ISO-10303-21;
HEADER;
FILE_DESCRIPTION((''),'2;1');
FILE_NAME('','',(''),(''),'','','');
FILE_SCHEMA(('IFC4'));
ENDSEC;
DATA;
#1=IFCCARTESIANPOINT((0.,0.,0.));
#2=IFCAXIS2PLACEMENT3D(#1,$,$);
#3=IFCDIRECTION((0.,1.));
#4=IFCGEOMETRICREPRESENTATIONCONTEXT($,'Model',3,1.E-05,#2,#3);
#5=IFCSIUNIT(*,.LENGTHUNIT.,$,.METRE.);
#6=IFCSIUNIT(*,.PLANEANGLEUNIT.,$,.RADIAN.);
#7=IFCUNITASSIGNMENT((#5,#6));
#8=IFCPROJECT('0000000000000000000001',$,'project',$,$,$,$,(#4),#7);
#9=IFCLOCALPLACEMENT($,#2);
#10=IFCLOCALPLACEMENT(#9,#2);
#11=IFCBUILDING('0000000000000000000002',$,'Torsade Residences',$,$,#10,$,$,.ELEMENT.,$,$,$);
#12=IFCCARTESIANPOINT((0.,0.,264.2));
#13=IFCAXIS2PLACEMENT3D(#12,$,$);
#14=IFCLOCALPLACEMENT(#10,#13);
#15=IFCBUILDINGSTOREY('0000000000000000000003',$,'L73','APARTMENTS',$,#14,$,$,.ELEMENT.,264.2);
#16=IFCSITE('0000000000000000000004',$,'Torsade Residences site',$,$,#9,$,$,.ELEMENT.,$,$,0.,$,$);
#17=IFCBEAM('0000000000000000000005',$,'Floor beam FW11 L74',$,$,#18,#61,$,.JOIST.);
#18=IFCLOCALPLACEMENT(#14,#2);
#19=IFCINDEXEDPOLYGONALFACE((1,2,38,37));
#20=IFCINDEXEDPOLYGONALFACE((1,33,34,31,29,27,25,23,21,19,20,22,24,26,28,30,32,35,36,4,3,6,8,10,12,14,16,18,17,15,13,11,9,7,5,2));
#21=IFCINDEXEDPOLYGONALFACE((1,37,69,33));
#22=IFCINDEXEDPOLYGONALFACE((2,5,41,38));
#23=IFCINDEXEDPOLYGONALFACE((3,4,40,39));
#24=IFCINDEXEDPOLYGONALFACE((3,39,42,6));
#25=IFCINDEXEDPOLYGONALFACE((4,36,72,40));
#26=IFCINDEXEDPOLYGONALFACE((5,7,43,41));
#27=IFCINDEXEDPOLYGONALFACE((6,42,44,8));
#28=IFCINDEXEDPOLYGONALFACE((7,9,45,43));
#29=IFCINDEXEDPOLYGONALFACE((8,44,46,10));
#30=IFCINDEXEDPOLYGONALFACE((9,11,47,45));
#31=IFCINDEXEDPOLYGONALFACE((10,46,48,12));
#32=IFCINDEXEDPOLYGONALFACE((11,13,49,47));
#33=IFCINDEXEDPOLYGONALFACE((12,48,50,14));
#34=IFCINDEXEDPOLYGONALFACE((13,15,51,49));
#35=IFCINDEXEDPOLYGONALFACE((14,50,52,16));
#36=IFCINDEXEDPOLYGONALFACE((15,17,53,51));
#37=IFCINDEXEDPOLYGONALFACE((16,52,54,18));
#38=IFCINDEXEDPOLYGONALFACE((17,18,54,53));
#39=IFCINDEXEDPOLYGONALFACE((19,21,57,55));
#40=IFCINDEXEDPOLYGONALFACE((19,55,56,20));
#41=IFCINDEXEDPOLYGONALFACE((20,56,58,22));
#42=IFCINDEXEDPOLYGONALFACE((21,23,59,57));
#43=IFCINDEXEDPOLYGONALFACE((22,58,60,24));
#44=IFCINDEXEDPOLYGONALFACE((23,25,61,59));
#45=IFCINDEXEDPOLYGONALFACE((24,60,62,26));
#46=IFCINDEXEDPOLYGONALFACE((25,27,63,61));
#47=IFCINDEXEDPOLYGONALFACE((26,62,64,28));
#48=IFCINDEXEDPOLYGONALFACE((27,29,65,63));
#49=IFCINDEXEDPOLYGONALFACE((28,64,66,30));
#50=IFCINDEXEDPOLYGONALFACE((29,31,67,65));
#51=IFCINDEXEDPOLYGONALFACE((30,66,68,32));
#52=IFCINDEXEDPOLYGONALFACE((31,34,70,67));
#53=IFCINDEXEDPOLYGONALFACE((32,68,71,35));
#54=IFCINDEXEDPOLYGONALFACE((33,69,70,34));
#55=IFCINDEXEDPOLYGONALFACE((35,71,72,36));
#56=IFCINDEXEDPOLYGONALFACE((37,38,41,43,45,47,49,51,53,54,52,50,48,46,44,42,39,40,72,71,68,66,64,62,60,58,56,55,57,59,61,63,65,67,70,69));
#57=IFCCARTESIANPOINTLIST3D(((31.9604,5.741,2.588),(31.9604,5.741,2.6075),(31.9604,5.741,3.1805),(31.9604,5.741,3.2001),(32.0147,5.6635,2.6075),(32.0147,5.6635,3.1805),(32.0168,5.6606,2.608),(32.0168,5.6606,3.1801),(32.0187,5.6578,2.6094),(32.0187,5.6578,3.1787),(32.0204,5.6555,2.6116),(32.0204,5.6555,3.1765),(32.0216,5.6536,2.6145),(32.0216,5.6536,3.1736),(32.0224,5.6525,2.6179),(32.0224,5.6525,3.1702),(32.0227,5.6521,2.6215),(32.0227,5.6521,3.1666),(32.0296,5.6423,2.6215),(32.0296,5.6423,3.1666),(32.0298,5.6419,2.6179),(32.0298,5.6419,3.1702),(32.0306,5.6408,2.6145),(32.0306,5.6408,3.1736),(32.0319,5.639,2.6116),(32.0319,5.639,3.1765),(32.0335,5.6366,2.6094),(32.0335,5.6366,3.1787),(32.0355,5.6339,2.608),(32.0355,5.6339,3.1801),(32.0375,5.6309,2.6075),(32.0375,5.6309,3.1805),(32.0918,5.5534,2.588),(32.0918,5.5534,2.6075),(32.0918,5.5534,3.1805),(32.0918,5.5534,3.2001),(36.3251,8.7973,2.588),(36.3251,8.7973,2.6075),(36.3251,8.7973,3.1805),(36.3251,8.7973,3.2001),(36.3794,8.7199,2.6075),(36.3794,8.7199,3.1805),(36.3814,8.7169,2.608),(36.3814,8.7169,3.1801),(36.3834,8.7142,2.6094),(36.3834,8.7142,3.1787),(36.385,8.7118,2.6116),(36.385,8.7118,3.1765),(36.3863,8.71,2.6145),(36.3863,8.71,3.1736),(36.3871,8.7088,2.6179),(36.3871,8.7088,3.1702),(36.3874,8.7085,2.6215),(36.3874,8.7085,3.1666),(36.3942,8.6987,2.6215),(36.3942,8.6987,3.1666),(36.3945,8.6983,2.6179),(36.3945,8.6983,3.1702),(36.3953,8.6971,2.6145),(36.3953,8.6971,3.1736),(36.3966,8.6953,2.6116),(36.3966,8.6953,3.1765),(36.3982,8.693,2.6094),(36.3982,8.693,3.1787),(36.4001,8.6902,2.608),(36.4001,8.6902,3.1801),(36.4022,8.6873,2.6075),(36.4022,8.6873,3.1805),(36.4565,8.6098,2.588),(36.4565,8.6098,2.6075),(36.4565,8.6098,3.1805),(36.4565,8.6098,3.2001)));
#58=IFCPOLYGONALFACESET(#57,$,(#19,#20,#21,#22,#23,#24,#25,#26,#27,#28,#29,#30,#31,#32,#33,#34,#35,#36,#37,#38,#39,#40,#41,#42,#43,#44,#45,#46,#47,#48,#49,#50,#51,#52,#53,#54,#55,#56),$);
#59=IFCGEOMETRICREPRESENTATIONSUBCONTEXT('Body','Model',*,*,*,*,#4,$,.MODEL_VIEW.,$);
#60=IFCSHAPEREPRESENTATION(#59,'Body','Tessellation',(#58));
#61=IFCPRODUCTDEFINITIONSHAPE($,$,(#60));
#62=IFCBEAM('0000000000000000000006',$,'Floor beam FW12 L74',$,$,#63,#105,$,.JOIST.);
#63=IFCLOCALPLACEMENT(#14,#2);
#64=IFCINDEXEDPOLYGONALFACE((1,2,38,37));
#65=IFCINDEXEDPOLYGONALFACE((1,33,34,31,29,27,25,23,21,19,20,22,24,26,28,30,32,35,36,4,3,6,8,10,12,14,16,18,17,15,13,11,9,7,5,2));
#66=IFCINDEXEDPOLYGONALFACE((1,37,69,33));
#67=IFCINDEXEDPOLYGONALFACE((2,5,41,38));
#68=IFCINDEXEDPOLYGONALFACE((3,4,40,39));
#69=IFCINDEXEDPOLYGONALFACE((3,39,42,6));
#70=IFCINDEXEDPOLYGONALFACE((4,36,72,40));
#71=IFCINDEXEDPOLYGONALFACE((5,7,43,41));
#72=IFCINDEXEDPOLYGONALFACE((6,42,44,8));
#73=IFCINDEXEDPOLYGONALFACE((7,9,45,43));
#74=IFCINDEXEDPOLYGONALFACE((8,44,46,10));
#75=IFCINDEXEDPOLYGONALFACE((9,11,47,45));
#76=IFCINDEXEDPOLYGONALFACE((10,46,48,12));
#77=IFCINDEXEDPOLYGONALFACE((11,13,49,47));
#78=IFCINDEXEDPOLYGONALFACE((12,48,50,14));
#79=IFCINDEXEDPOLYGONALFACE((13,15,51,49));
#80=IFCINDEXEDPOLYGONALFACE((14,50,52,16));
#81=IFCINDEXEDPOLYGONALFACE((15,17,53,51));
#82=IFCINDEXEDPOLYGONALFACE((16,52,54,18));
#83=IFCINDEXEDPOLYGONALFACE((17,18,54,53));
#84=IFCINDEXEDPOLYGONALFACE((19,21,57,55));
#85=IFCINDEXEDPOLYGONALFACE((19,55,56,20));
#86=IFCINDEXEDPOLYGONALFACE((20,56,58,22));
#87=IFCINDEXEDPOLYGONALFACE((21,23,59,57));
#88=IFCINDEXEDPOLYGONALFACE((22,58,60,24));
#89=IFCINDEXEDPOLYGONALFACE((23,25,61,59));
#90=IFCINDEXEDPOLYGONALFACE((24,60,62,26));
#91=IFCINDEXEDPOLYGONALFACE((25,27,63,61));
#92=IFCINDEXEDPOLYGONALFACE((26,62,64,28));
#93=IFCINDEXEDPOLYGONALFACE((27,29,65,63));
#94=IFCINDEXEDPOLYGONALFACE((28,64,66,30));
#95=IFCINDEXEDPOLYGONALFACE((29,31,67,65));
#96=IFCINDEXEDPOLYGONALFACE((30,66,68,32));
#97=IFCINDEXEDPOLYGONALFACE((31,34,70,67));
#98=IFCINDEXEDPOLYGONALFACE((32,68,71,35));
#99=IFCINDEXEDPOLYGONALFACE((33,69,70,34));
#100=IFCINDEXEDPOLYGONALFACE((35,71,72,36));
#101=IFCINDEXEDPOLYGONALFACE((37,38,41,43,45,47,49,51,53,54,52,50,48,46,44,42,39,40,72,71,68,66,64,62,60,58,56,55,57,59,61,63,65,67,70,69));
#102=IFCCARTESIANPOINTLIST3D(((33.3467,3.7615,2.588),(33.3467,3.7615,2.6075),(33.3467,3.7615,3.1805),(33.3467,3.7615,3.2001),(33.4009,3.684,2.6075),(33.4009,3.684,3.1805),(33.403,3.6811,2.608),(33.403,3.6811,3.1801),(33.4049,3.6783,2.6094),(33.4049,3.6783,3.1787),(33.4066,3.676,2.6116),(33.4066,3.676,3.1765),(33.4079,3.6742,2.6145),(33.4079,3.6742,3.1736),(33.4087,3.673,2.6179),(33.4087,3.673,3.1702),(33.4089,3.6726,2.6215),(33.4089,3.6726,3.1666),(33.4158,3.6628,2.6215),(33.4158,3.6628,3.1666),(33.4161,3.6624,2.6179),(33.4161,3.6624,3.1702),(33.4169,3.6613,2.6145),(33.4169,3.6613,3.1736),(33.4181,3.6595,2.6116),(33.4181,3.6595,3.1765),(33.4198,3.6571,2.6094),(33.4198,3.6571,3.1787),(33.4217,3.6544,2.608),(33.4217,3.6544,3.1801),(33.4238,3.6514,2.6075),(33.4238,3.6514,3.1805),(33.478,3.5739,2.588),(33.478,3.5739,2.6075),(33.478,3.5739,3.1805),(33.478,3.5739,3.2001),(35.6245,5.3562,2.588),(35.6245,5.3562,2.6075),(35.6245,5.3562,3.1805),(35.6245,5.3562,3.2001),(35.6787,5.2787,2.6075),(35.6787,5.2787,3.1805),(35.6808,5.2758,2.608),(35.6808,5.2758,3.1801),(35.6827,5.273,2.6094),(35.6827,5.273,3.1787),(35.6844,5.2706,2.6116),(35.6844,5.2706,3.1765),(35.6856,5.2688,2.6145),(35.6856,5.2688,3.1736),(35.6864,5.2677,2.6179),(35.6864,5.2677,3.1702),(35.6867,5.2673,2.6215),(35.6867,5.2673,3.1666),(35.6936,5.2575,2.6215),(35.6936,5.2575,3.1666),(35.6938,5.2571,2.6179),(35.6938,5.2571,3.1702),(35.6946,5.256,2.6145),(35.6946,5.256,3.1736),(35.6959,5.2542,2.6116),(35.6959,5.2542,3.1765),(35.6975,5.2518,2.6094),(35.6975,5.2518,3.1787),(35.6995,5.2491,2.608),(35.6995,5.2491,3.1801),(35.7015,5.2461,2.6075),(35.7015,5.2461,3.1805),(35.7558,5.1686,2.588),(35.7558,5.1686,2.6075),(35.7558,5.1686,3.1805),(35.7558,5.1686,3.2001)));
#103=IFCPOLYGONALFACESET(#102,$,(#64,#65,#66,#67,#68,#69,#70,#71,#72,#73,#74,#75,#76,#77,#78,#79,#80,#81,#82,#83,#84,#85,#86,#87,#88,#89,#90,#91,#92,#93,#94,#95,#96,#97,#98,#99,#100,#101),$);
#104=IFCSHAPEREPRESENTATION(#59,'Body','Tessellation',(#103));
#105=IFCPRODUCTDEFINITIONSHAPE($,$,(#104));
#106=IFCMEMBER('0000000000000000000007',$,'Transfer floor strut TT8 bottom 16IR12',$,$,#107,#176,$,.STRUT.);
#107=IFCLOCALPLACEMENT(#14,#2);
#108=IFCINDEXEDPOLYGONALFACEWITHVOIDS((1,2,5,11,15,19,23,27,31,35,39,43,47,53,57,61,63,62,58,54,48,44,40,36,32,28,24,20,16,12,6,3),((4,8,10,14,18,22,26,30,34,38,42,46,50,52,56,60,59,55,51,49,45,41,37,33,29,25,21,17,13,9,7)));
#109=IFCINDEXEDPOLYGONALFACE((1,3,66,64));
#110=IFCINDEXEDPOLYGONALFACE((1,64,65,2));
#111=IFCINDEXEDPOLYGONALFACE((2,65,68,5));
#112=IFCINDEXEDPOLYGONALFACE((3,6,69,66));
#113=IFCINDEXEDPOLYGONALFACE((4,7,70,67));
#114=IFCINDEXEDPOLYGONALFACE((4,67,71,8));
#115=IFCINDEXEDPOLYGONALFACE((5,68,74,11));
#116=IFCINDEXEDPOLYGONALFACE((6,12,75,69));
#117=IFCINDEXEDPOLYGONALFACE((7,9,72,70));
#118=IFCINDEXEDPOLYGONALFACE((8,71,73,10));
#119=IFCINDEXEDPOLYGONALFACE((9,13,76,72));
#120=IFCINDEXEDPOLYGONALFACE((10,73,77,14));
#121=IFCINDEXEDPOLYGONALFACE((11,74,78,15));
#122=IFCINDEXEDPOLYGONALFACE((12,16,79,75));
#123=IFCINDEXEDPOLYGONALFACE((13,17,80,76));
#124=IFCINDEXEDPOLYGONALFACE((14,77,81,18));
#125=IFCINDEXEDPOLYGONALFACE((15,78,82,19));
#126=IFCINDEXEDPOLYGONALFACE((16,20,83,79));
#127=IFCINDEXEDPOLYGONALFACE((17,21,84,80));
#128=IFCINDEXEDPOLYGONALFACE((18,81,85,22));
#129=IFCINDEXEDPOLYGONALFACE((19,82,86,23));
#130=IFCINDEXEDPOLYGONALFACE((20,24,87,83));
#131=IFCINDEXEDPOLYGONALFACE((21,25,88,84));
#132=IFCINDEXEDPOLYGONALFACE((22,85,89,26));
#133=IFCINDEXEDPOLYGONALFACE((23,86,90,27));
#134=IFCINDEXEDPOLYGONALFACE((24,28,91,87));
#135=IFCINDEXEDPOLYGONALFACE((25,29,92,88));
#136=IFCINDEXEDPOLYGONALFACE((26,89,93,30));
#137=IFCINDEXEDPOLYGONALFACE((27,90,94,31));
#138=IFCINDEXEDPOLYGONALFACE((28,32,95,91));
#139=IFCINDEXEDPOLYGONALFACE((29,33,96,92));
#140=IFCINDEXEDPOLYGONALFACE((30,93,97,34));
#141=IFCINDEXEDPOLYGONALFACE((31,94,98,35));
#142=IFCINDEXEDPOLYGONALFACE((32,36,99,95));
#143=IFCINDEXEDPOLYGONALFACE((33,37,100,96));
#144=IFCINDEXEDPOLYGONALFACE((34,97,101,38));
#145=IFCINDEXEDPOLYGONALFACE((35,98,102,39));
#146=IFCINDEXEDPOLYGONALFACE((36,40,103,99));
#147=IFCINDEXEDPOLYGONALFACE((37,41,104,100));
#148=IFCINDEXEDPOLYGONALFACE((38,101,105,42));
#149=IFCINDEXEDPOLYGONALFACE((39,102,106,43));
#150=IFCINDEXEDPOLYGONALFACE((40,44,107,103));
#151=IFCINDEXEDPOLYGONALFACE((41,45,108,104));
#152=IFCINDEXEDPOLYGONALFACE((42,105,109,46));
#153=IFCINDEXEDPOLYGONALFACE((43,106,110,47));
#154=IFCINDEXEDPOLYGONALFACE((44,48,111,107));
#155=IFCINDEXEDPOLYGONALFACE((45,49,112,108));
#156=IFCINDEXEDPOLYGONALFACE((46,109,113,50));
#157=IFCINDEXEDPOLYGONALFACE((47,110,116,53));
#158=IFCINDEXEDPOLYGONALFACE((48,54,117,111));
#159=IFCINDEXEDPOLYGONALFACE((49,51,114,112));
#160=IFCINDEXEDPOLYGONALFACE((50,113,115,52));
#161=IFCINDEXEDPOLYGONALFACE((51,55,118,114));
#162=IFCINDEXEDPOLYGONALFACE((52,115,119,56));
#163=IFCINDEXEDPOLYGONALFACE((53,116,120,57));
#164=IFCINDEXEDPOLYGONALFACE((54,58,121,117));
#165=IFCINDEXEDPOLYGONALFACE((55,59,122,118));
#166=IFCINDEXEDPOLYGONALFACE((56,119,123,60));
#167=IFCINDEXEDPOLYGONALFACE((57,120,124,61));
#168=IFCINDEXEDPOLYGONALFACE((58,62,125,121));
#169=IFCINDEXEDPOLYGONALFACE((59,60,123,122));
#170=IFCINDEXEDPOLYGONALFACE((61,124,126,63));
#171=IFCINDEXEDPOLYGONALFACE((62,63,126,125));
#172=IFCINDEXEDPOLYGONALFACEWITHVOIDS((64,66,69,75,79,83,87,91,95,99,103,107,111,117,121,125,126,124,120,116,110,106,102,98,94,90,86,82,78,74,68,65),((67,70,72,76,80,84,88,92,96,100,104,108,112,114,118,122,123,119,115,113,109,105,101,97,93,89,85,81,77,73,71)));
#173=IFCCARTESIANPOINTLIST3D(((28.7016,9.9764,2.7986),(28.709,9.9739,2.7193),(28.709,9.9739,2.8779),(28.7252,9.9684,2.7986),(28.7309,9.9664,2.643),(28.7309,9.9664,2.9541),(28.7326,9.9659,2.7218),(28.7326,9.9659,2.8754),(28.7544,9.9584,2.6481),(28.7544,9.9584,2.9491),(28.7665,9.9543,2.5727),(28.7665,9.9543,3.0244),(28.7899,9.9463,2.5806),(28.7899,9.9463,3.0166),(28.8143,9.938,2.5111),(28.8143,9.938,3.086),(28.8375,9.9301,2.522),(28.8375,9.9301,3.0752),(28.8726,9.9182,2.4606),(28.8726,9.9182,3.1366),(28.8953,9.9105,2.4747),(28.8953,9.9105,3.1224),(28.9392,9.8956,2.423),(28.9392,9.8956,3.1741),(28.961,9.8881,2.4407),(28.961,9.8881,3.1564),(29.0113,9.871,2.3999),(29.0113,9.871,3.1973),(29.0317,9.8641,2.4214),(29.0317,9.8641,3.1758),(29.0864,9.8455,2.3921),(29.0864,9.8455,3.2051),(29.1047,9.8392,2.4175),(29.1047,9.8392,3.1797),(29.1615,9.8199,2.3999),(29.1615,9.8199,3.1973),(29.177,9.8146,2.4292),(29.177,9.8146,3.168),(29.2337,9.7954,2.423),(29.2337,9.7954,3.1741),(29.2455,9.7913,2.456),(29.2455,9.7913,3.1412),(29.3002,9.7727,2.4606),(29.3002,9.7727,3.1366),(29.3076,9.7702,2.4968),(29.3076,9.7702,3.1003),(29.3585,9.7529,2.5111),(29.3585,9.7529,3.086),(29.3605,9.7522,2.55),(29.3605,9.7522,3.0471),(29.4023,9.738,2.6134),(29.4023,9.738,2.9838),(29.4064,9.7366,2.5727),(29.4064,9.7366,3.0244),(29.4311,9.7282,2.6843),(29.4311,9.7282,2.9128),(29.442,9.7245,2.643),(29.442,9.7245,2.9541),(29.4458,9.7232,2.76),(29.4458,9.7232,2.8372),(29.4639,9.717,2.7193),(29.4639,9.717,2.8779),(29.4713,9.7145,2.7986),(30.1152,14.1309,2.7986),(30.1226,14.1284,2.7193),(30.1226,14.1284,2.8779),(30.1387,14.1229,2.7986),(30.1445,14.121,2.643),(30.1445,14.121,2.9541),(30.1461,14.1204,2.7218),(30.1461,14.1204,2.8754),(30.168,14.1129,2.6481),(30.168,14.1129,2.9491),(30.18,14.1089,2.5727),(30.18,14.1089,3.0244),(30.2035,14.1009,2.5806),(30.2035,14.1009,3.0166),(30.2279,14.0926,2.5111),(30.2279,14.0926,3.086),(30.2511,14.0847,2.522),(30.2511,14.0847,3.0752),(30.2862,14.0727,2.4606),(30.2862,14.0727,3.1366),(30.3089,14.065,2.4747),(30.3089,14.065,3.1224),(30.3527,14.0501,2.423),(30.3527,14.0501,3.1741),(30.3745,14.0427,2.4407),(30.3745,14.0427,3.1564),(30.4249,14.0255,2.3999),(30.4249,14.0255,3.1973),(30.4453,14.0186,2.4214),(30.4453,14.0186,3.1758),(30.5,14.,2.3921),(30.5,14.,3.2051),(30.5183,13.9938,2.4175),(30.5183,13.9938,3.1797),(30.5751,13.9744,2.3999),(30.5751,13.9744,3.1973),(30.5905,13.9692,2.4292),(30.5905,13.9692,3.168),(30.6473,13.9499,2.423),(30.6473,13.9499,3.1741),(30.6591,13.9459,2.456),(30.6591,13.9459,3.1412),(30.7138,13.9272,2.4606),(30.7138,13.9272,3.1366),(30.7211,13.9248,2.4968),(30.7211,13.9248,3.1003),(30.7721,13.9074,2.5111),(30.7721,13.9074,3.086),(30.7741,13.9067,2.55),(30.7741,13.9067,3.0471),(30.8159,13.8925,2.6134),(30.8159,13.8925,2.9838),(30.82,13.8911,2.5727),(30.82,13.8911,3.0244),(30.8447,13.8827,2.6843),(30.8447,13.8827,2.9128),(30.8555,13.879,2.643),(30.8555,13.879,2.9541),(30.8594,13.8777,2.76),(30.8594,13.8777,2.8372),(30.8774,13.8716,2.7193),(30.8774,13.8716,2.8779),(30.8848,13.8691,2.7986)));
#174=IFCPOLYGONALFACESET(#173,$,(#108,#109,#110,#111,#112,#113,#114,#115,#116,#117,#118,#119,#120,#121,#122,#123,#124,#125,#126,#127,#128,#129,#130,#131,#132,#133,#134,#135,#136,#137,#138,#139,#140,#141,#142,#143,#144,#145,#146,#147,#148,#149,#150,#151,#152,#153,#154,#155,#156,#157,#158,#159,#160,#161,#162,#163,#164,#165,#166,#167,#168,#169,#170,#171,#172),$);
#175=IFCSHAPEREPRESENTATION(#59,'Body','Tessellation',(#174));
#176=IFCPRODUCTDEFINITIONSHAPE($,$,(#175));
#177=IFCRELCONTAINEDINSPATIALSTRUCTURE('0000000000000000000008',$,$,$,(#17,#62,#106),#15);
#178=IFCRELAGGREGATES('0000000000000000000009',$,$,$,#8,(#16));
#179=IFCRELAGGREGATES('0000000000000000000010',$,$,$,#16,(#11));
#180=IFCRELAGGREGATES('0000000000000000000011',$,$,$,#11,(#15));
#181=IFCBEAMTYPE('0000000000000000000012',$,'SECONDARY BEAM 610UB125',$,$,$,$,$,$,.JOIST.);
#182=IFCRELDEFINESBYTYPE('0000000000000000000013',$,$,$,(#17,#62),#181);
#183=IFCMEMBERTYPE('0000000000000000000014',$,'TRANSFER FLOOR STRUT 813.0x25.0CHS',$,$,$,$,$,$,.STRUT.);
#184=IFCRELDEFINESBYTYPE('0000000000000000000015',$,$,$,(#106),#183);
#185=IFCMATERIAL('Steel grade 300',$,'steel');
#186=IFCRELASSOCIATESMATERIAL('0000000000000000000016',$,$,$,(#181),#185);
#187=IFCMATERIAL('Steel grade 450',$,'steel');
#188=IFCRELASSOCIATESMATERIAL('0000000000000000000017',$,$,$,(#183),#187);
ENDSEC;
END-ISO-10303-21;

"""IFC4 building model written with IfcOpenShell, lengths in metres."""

from ifc_helpers import new_model, si_unit, direction, frame, origin, origin_2d, place, context, subcontext, project, spatial, hollow_circle, i_section, extrude, material, material_profile, profile_set, type_object, element, save


model = new_model("IFC4")

# Units and contexts
model_context = context("Model", 3, precision=1e-05, world=origin(), true_north=direction((0.0, 1.0)))
body_context = subcontext(model_context, "Body", "Model", "MODEL_VIEW")
ifc_project = project(units=[si_unit("LENGTHUNIT", "METRE"), si_unit("PLANEANGLEUNIT", "RADIAN")], contexts=[model_context])

# Site, building, storey
site_placement = place(None, origin())
site = spatial("IfcSite", under=ifc_project, at=site_placement, Name="Torsade Residences site", CompositionType="ELEMENT", RefElevation=0.0)
building_placement = place(site_placement, origin())
building = spatial("IfcBuilding", under=site, at=building_placement, Name="Torsade Residences", CompositionType="ELEMENT")
storey_placement = place(building_placement, frame((0.0, 0.0, 264.2)))
storey = spatial("IfcBuildingStorey", under=building, at=storey_placement, Name="L73", Description="APARTMENTS", CompositionType="ELEMENT", Elevation=264.2)

# Beams
ifc_material_1 = material(Name="Steel grade 300", Category="steel")
ifc_material_profile_1 = material_profile(ifc_material_1, i_section(OverallWidth=0.229, OverallDepth=0.6121, WebThickness=0.012, FlangeThickness=0.0195, FilletRadius=0.0139, at=origin_2d()), Name="610UB125")
ifc_profile_set_1 = profile_set([ifc_material_profile_1], Name="Steel grade 300")
beam_type_1 = type_object("IfcBeamType", Name="SECONDARY BEAM 610UB125", PredefinedType="JOIST", material=ifc_profile_set_1)
beam_1_placement = place(storey_placement, frame((32.0261, 5.6472, 2.894), z_axis=(0.819137, 0.573598, 0.0), x_axis=(-0.573598, 0.819137, 0.0)))
element("IfcBeam", 1, at=beam_1_placement, inside=storey, type_object=beam_type_1, Name="Floor beam FW11 L74", PredefinedType="JOIST", context=body_context, shape_type="SweptSolid", body=[
    extrude(i_section(OverallWidth=0.229, OverallDepth=0.6121, WebThickness=0.012, FlangeThickness=0.0195, FilletRadius=0.0139, at=origin_2d()), origin(), (0.0, 0.0, 1.0), 5.3284),
])
beam_2_placement = place(storey_placement, frame((33.4124, 3.6677, 2.894), z_axis=(0.819191, 0.573521, 0.0), x_axis=(-0.573521, 0.819191, 0.0)))
element("IfcBeam", 2, at=beam_2_placement, inside=storey, type_object=beam_type_1, Name="Floor beam FW12 L74", PredefinedType="JOIST", context=body_context, shape_type="SweptSolid", body=[
    extrude(i_section(OverallWidth=0.229, OverallDepth=0.6121, WebThickness=0.012, FlangeThickness=0.0195, FilletRadius=0.0139, at=origin_2d()), origin(), (0.0, 0.0, 1.0), 2.7805),
])

# Member
ifc_material_2 = material(Name="Steel grade 450", Category="steel")
ifc_material_profile_2 = material_profile(ifc_material_2, hollow_circle(Radius=0.4065, WallThickness=0.0249, at=origin_2d()), Name="813.0x25.0CHS")
ifc_profile_set_2 = profile_set([ifc_material_profile_2], Name="Steel grade 450")
member_type_1 = type_object("IfcMemberType", Name="TRANSFER FLOOR STRUT 813.0x25.0CHS", PredefinedType="STRUT", material=ifc_profile_set_2)
member_1_placement = place(storey_placement, frame((29.0864, 9.8455, 2.7986), z_axis=(0.322113, 0.946701, 0.0), x_axis=(-0.946701, 0.322113, 0.0)))
element("IfcMember", 3, at=member_1_placement, inside=storey, type_object=member_type_1, Name="Transfer floor strut TT8 bottom 16IR12", PredefinedType="STRUT", context=body_context, shape_type="SweptSolid", body=[
    extrude(hollow_circle(Radius=0.4065, WallThickness=0.0249, at=origin_2d()), origin(), (0.0, 0.0, 1.0), 4.3884),
])

save(model, "model.ifc")
